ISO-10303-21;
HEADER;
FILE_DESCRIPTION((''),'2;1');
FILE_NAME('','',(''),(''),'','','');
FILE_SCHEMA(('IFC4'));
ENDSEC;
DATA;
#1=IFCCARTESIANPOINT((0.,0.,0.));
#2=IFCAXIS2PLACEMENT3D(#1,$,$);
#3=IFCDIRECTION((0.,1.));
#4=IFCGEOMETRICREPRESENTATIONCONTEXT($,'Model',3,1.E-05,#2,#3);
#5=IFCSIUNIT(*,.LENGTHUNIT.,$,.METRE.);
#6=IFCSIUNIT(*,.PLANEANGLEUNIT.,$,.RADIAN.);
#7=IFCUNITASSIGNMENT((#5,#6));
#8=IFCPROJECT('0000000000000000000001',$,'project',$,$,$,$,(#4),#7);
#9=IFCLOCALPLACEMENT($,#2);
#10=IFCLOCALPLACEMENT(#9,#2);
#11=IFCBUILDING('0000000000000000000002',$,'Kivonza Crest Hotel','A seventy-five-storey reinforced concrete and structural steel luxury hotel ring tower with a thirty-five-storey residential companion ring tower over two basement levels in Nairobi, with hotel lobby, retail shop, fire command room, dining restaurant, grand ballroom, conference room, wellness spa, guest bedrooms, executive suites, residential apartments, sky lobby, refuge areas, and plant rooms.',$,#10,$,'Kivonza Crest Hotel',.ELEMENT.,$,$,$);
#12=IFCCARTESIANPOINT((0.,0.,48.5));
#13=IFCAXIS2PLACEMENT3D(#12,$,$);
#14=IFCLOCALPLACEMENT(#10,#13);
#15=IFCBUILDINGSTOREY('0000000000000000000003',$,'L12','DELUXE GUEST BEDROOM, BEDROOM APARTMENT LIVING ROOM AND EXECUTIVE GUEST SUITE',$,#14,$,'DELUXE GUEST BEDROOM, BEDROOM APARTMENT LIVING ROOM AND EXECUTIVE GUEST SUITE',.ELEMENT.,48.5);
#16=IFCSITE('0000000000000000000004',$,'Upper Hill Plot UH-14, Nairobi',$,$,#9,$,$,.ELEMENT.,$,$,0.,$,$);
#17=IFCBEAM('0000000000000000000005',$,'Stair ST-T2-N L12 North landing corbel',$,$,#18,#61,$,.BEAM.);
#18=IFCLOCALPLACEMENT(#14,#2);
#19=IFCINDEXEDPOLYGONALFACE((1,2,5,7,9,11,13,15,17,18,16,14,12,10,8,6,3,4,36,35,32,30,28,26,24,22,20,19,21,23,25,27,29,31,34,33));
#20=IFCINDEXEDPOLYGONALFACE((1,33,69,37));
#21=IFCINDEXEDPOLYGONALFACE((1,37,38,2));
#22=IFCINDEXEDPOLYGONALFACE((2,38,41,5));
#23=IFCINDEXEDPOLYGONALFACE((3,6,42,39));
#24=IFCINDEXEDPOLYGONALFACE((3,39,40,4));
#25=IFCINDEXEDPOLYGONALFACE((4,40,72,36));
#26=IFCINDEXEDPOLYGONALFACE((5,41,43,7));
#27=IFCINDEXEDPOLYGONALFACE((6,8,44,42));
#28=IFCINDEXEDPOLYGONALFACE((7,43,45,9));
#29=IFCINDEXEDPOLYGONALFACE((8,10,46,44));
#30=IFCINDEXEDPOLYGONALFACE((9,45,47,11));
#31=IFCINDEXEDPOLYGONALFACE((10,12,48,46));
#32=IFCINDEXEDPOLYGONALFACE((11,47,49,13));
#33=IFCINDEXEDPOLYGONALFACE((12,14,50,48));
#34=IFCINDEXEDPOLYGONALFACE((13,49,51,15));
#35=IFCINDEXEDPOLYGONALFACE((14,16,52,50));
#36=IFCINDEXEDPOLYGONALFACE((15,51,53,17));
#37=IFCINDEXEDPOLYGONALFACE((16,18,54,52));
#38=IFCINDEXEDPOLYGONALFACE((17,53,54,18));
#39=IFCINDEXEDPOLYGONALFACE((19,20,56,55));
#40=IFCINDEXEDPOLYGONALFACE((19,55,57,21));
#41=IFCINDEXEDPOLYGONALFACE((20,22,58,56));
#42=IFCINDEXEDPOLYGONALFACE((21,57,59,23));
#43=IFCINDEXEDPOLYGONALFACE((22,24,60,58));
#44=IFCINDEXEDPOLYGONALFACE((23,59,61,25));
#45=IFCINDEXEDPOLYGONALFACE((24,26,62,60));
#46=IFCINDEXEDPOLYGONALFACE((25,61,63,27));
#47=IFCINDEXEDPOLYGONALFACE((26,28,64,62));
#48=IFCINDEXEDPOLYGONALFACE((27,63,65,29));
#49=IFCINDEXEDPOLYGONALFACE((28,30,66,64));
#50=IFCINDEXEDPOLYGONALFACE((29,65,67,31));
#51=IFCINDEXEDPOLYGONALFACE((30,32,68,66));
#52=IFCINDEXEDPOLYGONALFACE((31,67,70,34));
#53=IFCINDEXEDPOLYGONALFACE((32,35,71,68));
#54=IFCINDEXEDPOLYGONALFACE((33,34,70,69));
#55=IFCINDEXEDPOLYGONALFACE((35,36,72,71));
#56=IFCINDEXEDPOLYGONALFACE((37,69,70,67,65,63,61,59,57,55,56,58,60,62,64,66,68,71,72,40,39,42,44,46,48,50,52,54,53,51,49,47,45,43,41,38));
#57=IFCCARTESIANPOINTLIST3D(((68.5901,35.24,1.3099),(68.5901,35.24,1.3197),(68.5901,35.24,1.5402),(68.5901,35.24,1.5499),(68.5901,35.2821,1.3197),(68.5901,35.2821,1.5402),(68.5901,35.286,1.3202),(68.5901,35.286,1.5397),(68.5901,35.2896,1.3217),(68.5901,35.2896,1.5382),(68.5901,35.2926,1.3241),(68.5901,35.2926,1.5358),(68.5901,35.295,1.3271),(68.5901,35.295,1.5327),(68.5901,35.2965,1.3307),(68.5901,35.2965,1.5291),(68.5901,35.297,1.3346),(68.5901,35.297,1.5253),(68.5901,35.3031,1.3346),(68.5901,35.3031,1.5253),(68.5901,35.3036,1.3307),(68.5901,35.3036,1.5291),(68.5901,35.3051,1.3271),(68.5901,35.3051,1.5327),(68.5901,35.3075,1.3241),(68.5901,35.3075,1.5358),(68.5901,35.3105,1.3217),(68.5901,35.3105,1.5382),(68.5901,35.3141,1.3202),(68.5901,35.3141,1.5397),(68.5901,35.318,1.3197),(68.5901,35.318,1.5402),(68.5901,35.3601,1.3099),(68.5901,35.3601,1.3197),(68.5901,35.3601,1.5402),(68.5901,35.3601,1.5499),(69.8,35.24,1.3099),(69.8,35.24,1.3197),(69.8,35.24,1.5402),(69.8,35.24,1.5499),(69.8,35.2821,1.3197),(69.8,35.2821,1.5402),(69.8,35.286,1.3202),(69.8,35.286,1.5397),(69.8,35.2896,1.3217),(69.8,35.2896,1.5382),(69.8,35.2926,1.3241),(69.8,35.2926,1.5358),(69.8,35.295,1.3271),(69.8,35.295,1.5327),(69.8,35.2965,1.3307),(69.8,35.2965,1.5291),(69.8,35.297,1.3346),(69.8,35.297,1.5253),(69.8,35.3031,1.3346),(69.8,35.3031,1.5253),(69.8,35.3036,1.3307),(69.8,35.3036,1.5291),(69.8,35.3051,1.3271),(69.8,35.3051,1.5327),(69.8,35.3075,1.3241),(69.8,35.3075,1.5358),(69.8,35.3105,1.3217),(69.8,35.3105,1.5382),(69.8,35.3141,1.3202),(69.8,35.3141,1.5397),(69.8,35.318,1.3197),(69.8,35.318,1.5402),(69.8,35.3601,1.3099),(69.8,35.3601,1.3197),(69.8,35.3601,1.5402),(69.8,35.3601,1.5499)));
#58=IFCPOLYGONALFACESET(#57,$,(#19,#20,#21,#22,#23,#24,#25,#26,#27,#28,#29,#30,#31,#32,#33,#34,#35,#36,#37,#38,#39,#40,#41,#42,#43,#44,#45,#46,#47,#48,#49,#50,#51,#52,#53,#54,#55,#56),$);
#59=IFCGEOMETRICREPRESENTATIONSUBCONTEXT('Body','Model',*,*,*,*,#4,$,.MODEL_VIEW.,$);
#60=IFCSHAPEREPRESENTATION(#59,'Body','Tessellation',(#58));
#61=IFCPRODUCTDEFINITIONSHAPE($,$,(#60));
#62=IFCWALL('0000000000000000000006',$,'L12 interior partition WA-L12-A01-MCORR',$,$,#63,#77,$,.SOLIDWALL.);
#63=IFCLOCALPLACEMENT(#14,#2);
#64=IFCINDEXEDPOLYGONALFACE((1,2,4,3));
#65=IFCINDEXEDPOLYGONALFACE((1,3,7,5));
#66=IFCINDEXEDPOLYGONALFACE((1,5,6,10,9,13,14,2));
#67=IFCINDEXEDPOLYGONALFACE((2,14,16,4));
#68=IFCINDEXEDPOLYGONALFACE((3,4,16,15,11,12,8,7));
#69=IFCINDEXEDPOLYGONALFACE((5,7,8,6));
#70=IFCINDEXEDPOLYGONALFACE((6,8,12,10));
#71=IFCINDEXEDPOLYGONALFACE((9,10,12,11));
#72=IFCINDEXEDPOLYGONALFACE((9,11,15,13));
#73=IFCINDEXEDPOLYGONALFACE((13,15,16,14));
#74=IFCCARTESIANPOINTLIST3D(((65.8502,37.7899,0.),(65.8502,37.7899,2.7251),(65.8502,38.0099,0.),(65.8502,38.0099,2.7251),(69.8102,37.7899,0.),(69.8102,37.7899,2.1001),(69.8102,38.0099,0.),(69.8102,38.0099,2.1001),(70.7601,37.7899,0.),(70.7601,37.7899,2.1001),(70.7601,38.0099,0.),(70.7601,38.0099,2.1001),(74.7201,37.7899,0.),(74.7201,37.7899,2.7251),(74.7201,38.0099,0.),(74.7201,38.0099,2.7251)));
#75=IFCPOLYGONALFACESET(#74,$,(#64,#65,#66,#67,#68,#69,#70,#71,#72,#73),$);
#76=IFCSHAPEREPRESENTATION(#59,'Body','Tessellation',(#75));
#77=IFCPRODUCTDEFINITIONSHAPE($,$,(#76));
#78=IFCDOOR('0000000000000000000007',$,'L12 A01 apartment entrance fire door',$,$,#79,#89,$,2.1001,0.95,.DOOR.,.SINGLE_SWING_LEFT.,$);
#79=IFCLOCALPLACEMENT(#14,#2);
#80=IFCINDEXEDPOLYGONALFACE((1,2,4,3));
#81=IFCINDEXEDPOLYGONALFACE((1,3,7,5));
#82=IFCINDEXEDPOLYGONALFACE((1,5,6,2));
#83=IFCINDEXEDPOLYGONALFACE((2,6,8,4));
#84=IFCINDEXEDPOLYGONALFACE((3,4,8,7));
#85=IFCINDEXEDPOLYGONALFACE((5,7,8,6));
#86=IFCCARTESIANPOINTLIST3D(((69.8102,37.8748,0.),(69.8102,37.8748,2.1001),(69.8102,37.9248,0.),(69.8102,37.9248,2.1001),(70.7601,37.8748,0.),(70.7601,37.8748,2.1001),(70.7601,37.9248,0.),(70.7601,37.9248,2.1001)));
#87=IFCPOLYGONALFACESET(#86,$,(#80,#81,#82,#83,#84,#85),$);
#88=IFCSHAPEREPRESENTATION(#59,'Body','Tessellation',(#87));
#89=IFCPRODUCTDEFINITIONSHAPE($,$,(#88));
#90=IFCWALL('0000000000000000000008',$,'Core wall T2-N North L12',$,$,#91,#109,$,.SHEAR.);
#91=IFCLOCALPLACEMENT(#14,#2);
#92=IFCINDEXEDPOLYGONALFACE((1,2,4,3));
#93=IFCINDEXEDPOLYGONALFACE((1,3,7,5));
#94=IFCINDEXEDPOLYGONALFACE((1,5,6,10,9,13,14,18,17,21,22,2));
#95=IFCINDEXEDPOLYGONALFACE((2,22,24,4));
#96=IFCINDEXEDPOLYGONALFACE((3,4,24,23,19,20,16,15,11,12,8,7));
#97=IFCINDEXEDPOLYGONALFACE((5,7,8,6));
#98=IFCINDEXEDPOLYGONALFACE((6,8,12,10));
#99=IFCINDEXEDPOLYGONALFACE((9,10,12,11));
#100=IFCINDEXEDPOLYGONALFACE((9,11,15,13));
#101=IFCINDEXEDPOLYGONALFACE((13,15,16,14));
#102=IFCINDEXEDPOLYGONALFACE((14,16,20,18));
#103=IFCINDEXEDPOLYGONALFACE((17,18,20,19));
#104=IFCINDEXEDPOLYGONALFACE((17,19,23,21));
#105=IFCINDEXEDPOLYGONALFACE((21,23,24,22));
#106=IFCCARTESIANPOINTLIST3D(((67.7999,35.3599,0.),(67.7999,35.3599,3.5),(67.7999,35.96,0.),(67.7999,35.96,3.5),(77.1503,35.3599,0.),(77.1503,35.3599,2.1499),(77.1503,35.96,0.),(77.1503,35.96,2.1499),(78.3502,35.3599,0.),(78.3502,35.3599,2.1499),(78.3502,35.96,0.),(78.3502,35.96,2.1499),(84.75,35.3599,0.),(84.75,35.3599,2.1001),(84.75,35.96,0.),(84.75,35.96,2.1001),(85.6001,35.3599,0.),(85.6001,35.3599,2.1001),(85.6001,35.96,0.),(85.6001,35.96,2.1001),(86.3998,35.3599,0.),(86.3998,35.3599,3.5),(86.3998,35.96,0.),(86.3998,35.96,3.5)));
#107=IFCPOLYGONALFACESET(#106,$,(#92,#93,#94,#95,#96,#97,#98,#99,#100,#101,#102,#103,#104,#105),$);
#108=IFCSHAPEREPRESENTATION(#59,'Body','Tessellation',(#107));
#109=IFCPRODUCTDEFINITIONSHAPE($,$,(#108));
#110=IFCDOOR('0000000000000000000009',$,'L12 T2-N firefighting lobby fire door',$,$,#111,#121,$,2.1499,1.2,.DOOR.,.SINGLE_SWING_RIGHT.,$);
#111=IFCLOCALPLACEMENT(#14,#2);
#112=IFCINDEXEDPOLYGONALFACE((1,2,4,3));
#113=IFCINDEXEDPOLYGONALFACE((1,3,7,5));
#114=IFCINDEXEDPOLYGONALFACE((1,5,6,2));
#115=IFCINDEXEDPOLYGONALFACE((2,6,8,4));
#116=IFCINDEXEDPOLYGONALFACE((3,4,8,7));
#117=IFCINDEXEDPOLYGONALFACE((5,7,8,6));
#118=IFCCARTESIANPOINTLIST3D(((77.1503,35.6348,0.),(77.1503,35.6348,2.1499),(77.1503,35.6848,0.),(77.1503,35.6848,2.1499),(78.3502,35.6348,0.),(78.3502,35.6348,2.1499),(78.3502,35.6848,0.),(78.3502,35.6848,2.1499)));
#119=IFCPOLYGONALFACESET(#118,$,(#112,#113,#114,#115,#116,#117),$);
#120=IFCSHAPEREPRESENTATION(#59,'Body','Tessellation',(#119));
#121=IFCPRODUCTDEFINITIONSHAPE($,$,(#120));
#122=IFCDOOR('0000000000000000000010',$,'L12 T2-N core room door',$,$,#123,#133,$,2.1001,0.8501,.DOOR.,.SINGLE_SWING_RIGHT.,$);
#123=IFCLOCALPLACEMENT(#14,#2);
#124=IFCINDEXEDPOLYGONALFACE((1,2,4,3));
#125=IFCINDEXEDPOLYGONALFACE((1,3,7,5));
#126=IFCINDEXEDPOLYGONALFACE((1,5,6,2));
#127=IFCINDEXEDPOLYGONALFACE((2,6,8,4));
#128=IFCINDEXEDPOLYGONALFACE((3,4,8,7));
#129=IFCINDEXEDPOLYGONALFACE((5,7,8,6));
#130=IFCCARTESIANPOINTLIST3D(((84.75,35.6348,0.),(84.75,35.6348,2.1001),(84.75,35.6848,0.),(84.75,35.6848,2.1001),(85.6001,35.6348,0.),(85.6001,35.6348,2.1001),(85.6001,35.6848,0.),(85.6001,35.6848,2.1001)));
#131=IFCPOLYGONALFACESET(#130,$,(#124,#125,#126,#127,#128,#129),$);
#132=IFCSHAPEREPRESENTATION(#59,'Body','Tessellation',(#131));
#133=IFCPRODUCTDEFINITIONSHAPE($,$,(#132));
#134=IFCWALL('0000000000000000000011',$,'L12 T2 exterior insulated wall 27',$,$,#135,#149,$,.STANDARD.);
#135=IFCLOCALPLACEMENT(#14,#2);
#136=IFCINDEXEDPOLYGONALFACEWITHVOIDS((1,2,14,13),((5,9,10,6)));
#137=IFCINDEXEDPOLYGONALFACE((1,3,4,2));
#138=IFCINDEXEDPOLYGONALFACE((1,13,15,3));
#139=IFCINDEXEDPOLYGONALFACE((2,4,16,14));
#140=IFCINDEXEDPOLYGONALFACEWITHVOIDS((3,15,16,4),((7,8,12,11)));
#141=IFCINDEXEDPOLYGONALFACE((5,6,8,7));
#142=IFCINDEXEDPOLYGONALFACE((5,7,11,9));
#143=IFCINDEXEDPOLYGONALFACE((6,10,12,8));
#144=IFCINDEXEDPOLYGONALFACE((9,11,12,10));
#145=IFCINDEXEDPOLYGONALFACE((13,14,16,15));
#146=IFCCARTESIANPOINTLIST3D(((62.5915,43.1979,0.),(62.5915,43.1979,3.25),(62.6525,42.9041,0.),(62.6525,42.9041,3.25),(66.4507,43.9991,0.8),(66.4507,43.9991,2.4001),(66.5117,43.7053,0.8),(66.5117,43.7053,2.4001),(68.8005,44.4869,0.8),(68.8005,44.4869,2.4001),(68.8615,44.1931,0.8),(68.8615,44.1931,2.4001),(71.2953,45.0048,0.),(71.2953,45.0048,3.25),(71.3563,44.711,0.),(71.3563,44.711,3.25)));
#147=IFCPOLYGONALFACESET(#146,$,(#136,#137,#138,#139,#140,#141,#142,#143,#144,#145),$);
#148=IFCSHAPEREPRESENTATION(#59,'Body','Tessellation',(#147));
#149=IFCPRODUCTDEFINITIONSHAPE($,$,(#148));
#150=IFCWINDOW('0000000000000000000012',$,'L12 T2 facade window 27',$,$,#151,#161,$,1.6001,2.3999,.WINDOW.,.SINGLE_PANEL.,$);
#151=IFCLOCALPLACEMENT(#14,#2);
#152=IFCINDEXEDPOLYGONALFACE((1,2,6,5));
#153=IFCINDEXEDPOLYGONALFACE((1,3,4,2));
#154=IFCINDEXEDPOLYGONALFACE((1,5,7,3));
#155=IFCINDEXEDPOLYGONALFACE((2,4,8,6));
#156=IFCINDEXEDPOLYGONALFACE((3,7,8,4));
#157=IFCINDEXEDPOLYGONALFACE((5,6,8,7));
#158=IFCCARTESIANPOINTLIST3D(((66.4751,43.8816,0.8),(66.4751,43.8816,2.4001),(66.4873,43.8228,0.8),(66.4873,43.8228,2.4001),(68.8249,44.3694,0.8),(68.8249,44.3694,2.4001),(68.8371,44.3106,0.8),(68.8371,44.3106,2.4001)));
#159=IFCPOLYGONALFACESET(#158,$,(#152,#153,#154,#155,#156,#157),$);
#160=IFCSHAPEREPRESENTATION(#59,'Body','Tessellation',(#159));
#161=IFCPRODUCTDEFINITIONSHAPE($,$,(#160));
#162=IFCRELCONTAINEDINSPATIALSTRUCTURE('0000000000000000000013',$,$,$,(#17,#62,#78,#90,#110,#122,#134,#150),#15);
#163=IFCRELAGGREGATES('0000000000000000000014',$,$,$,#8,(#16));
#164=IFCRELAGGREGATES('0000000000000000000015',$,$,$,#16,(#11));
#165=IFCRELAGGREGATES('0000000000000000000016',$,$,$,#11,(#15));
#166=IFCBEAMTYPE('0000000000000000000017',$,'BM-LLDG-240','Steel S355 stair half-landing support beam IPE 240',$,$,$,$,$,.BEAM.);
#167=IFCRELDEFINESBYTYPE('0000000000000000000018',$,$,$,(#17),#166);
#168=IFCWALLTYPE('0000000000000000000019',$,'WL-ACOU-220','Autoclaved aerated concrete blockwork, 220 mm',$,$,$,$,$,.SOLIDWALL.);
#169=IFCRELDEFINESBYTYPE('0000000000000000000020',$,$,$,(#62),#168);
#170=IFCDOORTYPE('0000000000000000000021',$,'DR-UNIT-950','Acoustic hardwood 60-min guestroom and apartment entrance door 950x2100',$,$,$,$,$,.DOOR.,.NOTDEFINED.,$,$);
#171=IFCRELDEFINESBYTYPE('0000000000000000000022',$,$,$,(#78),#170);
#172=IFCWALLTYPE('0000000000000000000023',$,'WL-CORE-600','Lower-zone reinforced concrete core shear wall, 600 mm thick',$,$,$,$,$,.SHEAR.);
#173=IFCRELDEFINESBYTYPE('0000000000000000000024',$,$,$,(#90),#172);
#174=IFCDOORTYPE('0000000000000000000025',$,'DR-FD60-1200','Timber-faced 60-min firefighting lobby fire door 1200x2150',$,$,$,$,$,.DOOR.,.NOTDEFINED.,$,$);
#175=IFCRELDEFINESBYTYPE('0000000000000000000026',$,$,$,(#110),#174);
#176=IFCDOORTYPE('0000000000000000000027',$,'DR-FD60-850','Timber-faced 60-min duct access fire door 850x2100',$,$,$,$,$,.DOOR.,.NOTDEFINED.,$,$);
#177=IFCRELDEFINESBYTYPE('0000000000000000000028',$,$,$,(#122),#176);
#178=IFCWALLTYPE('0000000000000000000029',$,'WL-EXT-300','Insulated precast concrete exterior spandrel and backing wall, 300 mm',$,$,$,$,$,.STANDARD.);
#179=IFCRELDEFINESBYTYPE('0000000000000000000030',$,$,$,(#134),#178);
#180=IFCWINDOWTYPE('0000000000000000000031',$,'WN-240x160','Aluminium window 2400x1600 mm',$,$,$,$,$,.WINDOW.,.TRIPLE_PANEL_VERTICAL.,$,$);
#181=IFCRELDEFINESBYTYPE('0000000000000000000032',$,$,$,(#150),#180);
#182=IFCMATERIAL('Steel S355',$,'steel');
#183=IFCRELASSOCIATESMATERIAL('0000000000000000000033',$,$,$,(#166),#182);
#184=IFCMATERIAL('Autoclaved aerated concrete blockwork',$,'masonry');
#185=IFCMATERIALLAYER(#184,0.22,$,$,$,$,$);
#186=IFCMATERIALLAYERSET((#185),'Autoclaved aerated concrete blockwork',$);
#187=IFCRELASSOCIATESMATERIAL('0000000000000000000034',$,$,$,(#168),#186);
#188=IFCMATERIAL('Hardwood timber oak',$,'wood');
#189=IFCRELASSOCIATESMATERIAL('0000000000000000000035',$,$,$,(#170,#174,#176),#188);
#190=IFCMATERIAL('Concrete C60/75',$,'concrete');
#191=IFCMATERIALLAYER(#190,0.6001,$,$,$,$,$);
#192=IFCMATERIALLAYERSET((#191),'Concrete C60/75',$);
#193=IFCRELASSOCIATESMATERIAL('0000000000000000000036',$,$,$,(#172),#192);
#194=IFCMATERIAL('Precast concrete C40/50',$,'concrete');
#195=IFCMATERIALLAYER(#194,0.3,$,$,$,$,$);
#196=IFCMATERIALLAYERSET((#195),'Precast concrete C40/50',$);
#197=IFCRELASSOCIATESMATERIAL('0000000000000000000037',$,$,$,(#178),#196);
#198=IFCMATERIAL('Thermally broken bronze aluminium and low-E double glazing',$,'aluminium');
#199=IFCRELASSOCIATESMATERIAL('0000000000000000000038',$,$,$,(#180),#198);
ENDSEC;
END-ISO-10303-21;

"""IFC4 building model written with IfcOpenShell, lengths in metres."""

from ifc_helpers import new_model, si_unit, direction, frame, frame_2d, origin, origin_2d, place, context, subcontext, project, spatial, rectangle, i_section, extrude, material, layer, layer_set, material_profile, profile_set, type_object, element, fill, save


model = new_model("IFC4")

# Units and contexts
model_context = context("Model", 3, precision=1e-05, world=origin(), true_north=direction((0.0, 1.0)))
body_context = subcontext(model_context, "Body", "Model", "MODEL_VIEW")
ifc_project = project(units=[si_unit("LENGTHUNIT", "METRE"), si_unit("PLANEANGLEUNIT", "RADIAN")], contexts=[model_context])

# Site, building, storey
site_placement = place(None, origin())
site = spatial("IfcSite", under=ifc_project, at=site_placement, Name="Upper Hill Plot UH-14, Nairobi", CompositionType="ELEMENT", RefElevation=0.0)
building_placement = place(site_placement, origin())
building = spatial("IfcBuilding", under=site, at=building_placement, Name="Kivonza Crest Hotel", Description="A seventy-five-storey reinforced concrete and structural steel luxury hotel ring tower with a thirty-five-storey residential companion ring tower over two basement levels in Nairobi, with hotel lobby, retail shop, fire command room, dining restaurant, grand ballroom, conference room, wellness spa, guest bedrooms, executive suites, residential apartments, sky lobby, refuge areas, and plant rooms.", LongName="Kivonza Crest Hotel", CompositionType="ELEMENT")
storey_placement = place(building_placement, frame((0.0, 0.0, 48.5)))
storey = spatial("IfcBuildingStorey", under=building, at=storey_placement, Name="L12", Description="DELUXE GUEST BEDROOM, BEDROOM APARTMENT LIVING ROOM AND EXECUTIVE GUEST SUITE", LongName="DELUXE GUEST BEDROOM, BEDROOM APARTMENT LIVING ROOM AND EXECUTIVE GUEST SUITE", CompositionType="ELEMENT", Elevation=48.5)

# Shared definitions
ifc_material_1 = material(Name="Concrete C60/75", Category="concrete")

# Beam
ifc_material_2 = material(Name="Steel S355", Category="steel")
ifc_material_profile_1 = material_profile(ifc_material_2, i_section(OverallWidth=0.1201, OverallDepth=0.24, WebThickness=0.0061, FlangeThickness=0.0098, FilletRadius=0.0149, at=origin_2d()), Name="IPE 240")
ifc_profile_set_1 = profile_set([ifc_material_profile_1], Name="Steel S355")
beam_type_1 = type_object("IfcBeamType", Name="BM-LLDG-240", Description="Steel S355 stair half-landing support beam IPE 240", PredefinedType="BEAM", material=ifc_profile_set_1)
beam_1_placement = place(storey_placement, frame((68.5901, 35.3, 1.4299), z_axis=(1.0, 0.0, 0.0), x_axis=(0.0, 1.0, 0.0)))
element("IfcBeam", 1, at=beam_1_placement, inside=storey, type_object=beam_type_1, Name="Stair ST-T2-N L12 North landing corbel", PredefinedType="BEAM", context=body_context, shape_type="SweptSolid", body=[
    extrude(i_section(OverallWidth=0.1201, OverallDepth=0.24, WebThickness=0.0061, FlangeThickness=0.0098, FilletRadius=0.0149, at=origin_2d()), origin(), (0.0, 0.0, 1.0), 1.21),
])

# Wall, opening, door
ifc_material_3 = material(Name="Autoclaved aerated concrete blockwork", Category="masonry")
ifc_layer_1 = layer(ifc_material_3, 0.22)
ifc_layer_set_1 = layer_set([ifc_layer_1], Name="Autoclaved aerated concrete blockwork")
wall_type_1 = type_object("IfcWallType", Name="WL-ACOU-220", Description="Autoclaved aerated concrete blockwork, 220 mm", PredefinedType="SOLIDWALL", material=ifc_layer_set_1)
wall_1_placement = place(storey_placement, frame((65.8501, 37.8999, 0.0), z_axis=(0.0, 0.0, 1.0), x_axis=(1.0, 0.0, 0.0)))
wall_1 = element("IfcWall", 2, at=wall_1_placement, inside=storey, type_object=wall_type_1, Name="L12 interior partition WA-L12-A01-MCORR", PredefinedType="SOLIDWALL", context=body_context, shape_type="SweptSolid", body=[
    extrude(rectangle(XDim=8.8699, YDim=0.22, at=frame_2d((4.4351, 0.0))), origin(), (0.0, 0.0, 1.0), 2.7251),
])
opening_1_placement = place(wall_1_placement, frame((3.96, 0.0, 0.0)))
opening_1 = element("IfcOpeningElement", 3, at=opening_1_placement, cuts=wall_1, PredefinedType="OPENING", context=body_context, shape_type="SweptSolid", body=[
    extrude(rectangle(XDim=0.95, YDim=2.1001, at=frame_2d((0.4751, 1.05))), frame((0.0, 0.1201, 0.0), z_axis=(0.0, -1.0, 0.0), x_axis=(1.0, 0.0, 0.0)), (0.0, 0.0, 1.0), 0.24),
])
ifc_material_4 = material(Name="Hardwood timber oak", Category="wood")
door_type_1 = type_object("IfcDoorType", Name="DR-UNIT-950", Description="Acoustic hardwood 60-min guestroom and apartment entrance door 950x2100", OperationType="NOTDEFINED", PredefinedType="DOOR", material=ifc_material_4)
door_1_placement = place(opening_1_placement, origin())
door_1 = element("IfcDoor", 4, at=door_1_placement, inside=storey, type_object=door_type_1, Name="L12 A01 apartment entrance fire door", OperationType="SINGLE_SWING_LEFT", OverallHeight=2.1001, OverallWidth=0.95, PredefinedType="DOOR", context=body_context, shape_type="SweptSolid", body=[
    extrude(rectangle(XDim=0.95, YDim=2.1001, at=frame_2d((0.4751, 1.05))), frame((0.0, 0.0249, 0.0), z_axis=(0.0, -1.0, 0.0), x_axis=(1.0, 0.0, 0.0)), (0.0, 0.0, 1.0), 0.05),
])
fill(opening_1, door_1)

# Wall, openings, doors
ifc_layer_2 = layer(ifc_material_1, 0.6001)
ifc_layer_set_2 = layer_set([ifc_layer_2], Name="Concrete C60/75")
wall_type_2 = type_object("IfcWallType", Name="WL-CORE-600", Description="Lower-zone reinforced concrete core shear wall, 600 mm thick", PredefinedType="SHEAR", material=ifc_layer_set_2)
wall_2_placement = place(storey_placement, frame((67.8, 35.6599, 0.0), z_axis=(0.0, 0.0, 1.0), x_axis=(1.0, 0.0, 0.0)))
wall_2 = element("IfcWall", 5, at=wall_2_placement, inside=storey, type_object=wall_type_2, Name="Core wall T2-N North L12", PredefinedType="SHEAR", context=body_context, shape_type="SweptSolid", body=[
    extrude(rectangle(XDim=18.5999, YDim=0.6001, at=frame_2d((9.2998, 0.0))), origin(), (0.0, 0.0, 1.0), 3.5),
])
opening_2_placement = place(wall_2_placement, frame((9.3501, 0.0, 0.0)))
opening_2 = element("IfcOpeningElement", 6, at=opening_2_placement, cuts=wall_2, PredefinedType="OPENING", context=body_context, shape_type="SweptSolid", body=[
    extrude(rectangle(XDim=1.2, YDim=2.1499, at=frame_2d((0.6001, 1.075))), frame((0.0, 0.3101, 0.0), z_axis=(0.0, -1.0, 0.0), x_axis=(1.0, 0.0, 0.0)), (0.0, 0.0, 1.0), 0.6201),
])
opening_3_placement = place(wall_2_placement, frame((16.95, 0.0, 0.0)))
opening_3 = element("IfcOpeningElement", 7, at=opening_3_placement, cuts=wall_2, PredefinedType="OPENING", context=body_context, shape_type="SweptSolid", body=[
    extrude(rectangle(XDim=0.8501, YDim=2.1001, at=frame_2d((0.425, 1.05))), frame((0.0, 0.3101, 0.0), z_axis=(0.0, -1.0, 0.0), x_axis=(1.0, 0.0, 0.0)), (0.0, 0.0, 1.0), 0.6201),
])
door_type_2 = type_object("IfcDoorType", Name="DR-FD60-1200", Description="Timber-faced 60-min firefighting lobby fire door 1200x2150", OperationType="NOTDEFINED", PredefinedType="DOOR", material=ifc_material_4)
door_2_placement = place(opening_2_placement, origin())
door_2 = element("IfcDoor", 8, at=door_2_placement, inside=storey, type_object=door_type_2, Name="L12 T2-N firefighting lobby fire door", OperationType="SINGLE_SWING_RIGHT", OverallHeight=2.1499, OverallWidth=1.2, PredefinedType="DOOR", context=body_context, shape_type="SweptSolid", body=[
    extrude(rectangle(XDim=1.2, YDim=2.1499, at=frame_2d((0.6001, 1.075))), frame((0.0, 0.0249, 0.0), z_axis=(0.0, -1.0, 0.0), x_axis=(1.0, 0.0, 0.0)), (0.0, 0.0, 1.0), 0.05),
])
fill(opening_2, door_2)
door_type_3 = type_object("IfcDoorType", Name="DR-FD60-850", Description="Timber-faced 60-min duct access fire door 850x2100", OperationType="NOTDEFINED", PredefinedType="DOOR", material=ifc_material_4)
door_3_placement = place(opening_3_placement, origin())
door_3 = element("IfcDoor", 9, at=door_3_placement, inside=storey, type_object=door_type_3, Name="L12 T2-N core room door", OperationType="SINGLE_SWING_RIGHT", OverallHeight=2.1001, OverallWidth=0.8501, PredefinedType="DOOR", context=body_context, shape_type="SweptSolid", body=[
    extrude(rectangle(XDim=0.8501, YDim=2.1001, at=frame_2d((0.425, 1.05))), frame((0.0, 0.0249, 0.0), z_axis=(0.0, -1.0, 0.0), x_axis=(1.0, 0.0, 0.0)), (0.0, 0.0, 1.0), 0.05),
])
fill(opening_3, door_3)

# Wall, opening, window
ifc_material_5 = material(Name="Precast concrete C40/50", Category="concrete")
ifc_layer_3 = layer(ifc_material_5, 0.3)
ifc_layer_set_3 = layer_set([ifc_layer_3], Name="Precast concrete C40/50")
wall_type_3 = type_object("IfcWallType", Name="WL-EXT-300", Description="Insulated precast concrete exterior spandrel and backing wall, 300 mm", PredefinedType="STANDARD", material=ifc_layer_set_3)
wall_3_placement = place(storey_placement, frame((71.3259, 44.8579, 0.0), z_axis=(0.0, 0.0, 1.0), x_axis=(-0.979124, -0.203262, 0.0)))
wall_3 = element("IfcWall", 10, at=wall_3_placement, inside=storey, type_object=wall_type_3, Name="L12 T2 exterior insulated wall 27", PredefinedType="STANDARD", context=body_context, shape_type="SweptSolid", body=[
    extrude(rectangle(XDim=8.8894, YDim=0.3, at=frame_2d((4.4448, 0.0))), origin(), (0.0, 0.0, 1.0), 3.25),
])
opening_4_placement = place(wall_3_placement, frame((2.5481, 0.0, 0.8)))
opening_4 = element("IfcOpeningElement", 11, at=opening_4_placement, cuts=wall_3, PredefinedType="OPENING", context=body_context, shape_type="SweptSolid", body=[
    extrude(rectangle(XDim=2.3999, YDim=1.6001, at=frame_2d((1.2, 0.8))), frame((0.0, 0.1602, 0.0), z_axis=(0.0, -1.0, 0.0), x_axis=(1.0, 0.0, 0.0)), (0.0, 0.0, 1.0), 0.3201),
])
ifc_material_6 = material(Name="Thermally broken bronze aluminium and low-E double glazing", Category="aluminium")
window_type = type_object("IfcWindowType", Name="WN-240x160", Description="Aluminium window 2400x1600 mm", PartitioningType="TRIPLE_PANEL_VERTICAL", PredefinedType="WINDOW", material=ifc_material_6)
window_placement = place(opening_4_placement, origin())
window = element("IfcWindow", 12, at=window_placement, inside=storey, type_object=window_type, Name="L12 T2 facade window 27", OverallHeight=1.6001, OverallWidth=2.3999, PartitioningType="SINGLE_PANEL", PredefinedType="WINDOW", context=body_context, shape_type="SweptSolid", body=[
    extrude(rectangle(XDim=2.3999, YDim=1.6001, at=frame_2d((1.2, 0.8))), frame((0.0, 0.03, 0.0), z_axis=(0.0, -1.0, 0.0), x_axis=(1.0, 0.0, 0.0)), (0.0, 0.0, 1.0), 0.0601),
])
fill(opening_4, window)

save(model, "model.ifc")
